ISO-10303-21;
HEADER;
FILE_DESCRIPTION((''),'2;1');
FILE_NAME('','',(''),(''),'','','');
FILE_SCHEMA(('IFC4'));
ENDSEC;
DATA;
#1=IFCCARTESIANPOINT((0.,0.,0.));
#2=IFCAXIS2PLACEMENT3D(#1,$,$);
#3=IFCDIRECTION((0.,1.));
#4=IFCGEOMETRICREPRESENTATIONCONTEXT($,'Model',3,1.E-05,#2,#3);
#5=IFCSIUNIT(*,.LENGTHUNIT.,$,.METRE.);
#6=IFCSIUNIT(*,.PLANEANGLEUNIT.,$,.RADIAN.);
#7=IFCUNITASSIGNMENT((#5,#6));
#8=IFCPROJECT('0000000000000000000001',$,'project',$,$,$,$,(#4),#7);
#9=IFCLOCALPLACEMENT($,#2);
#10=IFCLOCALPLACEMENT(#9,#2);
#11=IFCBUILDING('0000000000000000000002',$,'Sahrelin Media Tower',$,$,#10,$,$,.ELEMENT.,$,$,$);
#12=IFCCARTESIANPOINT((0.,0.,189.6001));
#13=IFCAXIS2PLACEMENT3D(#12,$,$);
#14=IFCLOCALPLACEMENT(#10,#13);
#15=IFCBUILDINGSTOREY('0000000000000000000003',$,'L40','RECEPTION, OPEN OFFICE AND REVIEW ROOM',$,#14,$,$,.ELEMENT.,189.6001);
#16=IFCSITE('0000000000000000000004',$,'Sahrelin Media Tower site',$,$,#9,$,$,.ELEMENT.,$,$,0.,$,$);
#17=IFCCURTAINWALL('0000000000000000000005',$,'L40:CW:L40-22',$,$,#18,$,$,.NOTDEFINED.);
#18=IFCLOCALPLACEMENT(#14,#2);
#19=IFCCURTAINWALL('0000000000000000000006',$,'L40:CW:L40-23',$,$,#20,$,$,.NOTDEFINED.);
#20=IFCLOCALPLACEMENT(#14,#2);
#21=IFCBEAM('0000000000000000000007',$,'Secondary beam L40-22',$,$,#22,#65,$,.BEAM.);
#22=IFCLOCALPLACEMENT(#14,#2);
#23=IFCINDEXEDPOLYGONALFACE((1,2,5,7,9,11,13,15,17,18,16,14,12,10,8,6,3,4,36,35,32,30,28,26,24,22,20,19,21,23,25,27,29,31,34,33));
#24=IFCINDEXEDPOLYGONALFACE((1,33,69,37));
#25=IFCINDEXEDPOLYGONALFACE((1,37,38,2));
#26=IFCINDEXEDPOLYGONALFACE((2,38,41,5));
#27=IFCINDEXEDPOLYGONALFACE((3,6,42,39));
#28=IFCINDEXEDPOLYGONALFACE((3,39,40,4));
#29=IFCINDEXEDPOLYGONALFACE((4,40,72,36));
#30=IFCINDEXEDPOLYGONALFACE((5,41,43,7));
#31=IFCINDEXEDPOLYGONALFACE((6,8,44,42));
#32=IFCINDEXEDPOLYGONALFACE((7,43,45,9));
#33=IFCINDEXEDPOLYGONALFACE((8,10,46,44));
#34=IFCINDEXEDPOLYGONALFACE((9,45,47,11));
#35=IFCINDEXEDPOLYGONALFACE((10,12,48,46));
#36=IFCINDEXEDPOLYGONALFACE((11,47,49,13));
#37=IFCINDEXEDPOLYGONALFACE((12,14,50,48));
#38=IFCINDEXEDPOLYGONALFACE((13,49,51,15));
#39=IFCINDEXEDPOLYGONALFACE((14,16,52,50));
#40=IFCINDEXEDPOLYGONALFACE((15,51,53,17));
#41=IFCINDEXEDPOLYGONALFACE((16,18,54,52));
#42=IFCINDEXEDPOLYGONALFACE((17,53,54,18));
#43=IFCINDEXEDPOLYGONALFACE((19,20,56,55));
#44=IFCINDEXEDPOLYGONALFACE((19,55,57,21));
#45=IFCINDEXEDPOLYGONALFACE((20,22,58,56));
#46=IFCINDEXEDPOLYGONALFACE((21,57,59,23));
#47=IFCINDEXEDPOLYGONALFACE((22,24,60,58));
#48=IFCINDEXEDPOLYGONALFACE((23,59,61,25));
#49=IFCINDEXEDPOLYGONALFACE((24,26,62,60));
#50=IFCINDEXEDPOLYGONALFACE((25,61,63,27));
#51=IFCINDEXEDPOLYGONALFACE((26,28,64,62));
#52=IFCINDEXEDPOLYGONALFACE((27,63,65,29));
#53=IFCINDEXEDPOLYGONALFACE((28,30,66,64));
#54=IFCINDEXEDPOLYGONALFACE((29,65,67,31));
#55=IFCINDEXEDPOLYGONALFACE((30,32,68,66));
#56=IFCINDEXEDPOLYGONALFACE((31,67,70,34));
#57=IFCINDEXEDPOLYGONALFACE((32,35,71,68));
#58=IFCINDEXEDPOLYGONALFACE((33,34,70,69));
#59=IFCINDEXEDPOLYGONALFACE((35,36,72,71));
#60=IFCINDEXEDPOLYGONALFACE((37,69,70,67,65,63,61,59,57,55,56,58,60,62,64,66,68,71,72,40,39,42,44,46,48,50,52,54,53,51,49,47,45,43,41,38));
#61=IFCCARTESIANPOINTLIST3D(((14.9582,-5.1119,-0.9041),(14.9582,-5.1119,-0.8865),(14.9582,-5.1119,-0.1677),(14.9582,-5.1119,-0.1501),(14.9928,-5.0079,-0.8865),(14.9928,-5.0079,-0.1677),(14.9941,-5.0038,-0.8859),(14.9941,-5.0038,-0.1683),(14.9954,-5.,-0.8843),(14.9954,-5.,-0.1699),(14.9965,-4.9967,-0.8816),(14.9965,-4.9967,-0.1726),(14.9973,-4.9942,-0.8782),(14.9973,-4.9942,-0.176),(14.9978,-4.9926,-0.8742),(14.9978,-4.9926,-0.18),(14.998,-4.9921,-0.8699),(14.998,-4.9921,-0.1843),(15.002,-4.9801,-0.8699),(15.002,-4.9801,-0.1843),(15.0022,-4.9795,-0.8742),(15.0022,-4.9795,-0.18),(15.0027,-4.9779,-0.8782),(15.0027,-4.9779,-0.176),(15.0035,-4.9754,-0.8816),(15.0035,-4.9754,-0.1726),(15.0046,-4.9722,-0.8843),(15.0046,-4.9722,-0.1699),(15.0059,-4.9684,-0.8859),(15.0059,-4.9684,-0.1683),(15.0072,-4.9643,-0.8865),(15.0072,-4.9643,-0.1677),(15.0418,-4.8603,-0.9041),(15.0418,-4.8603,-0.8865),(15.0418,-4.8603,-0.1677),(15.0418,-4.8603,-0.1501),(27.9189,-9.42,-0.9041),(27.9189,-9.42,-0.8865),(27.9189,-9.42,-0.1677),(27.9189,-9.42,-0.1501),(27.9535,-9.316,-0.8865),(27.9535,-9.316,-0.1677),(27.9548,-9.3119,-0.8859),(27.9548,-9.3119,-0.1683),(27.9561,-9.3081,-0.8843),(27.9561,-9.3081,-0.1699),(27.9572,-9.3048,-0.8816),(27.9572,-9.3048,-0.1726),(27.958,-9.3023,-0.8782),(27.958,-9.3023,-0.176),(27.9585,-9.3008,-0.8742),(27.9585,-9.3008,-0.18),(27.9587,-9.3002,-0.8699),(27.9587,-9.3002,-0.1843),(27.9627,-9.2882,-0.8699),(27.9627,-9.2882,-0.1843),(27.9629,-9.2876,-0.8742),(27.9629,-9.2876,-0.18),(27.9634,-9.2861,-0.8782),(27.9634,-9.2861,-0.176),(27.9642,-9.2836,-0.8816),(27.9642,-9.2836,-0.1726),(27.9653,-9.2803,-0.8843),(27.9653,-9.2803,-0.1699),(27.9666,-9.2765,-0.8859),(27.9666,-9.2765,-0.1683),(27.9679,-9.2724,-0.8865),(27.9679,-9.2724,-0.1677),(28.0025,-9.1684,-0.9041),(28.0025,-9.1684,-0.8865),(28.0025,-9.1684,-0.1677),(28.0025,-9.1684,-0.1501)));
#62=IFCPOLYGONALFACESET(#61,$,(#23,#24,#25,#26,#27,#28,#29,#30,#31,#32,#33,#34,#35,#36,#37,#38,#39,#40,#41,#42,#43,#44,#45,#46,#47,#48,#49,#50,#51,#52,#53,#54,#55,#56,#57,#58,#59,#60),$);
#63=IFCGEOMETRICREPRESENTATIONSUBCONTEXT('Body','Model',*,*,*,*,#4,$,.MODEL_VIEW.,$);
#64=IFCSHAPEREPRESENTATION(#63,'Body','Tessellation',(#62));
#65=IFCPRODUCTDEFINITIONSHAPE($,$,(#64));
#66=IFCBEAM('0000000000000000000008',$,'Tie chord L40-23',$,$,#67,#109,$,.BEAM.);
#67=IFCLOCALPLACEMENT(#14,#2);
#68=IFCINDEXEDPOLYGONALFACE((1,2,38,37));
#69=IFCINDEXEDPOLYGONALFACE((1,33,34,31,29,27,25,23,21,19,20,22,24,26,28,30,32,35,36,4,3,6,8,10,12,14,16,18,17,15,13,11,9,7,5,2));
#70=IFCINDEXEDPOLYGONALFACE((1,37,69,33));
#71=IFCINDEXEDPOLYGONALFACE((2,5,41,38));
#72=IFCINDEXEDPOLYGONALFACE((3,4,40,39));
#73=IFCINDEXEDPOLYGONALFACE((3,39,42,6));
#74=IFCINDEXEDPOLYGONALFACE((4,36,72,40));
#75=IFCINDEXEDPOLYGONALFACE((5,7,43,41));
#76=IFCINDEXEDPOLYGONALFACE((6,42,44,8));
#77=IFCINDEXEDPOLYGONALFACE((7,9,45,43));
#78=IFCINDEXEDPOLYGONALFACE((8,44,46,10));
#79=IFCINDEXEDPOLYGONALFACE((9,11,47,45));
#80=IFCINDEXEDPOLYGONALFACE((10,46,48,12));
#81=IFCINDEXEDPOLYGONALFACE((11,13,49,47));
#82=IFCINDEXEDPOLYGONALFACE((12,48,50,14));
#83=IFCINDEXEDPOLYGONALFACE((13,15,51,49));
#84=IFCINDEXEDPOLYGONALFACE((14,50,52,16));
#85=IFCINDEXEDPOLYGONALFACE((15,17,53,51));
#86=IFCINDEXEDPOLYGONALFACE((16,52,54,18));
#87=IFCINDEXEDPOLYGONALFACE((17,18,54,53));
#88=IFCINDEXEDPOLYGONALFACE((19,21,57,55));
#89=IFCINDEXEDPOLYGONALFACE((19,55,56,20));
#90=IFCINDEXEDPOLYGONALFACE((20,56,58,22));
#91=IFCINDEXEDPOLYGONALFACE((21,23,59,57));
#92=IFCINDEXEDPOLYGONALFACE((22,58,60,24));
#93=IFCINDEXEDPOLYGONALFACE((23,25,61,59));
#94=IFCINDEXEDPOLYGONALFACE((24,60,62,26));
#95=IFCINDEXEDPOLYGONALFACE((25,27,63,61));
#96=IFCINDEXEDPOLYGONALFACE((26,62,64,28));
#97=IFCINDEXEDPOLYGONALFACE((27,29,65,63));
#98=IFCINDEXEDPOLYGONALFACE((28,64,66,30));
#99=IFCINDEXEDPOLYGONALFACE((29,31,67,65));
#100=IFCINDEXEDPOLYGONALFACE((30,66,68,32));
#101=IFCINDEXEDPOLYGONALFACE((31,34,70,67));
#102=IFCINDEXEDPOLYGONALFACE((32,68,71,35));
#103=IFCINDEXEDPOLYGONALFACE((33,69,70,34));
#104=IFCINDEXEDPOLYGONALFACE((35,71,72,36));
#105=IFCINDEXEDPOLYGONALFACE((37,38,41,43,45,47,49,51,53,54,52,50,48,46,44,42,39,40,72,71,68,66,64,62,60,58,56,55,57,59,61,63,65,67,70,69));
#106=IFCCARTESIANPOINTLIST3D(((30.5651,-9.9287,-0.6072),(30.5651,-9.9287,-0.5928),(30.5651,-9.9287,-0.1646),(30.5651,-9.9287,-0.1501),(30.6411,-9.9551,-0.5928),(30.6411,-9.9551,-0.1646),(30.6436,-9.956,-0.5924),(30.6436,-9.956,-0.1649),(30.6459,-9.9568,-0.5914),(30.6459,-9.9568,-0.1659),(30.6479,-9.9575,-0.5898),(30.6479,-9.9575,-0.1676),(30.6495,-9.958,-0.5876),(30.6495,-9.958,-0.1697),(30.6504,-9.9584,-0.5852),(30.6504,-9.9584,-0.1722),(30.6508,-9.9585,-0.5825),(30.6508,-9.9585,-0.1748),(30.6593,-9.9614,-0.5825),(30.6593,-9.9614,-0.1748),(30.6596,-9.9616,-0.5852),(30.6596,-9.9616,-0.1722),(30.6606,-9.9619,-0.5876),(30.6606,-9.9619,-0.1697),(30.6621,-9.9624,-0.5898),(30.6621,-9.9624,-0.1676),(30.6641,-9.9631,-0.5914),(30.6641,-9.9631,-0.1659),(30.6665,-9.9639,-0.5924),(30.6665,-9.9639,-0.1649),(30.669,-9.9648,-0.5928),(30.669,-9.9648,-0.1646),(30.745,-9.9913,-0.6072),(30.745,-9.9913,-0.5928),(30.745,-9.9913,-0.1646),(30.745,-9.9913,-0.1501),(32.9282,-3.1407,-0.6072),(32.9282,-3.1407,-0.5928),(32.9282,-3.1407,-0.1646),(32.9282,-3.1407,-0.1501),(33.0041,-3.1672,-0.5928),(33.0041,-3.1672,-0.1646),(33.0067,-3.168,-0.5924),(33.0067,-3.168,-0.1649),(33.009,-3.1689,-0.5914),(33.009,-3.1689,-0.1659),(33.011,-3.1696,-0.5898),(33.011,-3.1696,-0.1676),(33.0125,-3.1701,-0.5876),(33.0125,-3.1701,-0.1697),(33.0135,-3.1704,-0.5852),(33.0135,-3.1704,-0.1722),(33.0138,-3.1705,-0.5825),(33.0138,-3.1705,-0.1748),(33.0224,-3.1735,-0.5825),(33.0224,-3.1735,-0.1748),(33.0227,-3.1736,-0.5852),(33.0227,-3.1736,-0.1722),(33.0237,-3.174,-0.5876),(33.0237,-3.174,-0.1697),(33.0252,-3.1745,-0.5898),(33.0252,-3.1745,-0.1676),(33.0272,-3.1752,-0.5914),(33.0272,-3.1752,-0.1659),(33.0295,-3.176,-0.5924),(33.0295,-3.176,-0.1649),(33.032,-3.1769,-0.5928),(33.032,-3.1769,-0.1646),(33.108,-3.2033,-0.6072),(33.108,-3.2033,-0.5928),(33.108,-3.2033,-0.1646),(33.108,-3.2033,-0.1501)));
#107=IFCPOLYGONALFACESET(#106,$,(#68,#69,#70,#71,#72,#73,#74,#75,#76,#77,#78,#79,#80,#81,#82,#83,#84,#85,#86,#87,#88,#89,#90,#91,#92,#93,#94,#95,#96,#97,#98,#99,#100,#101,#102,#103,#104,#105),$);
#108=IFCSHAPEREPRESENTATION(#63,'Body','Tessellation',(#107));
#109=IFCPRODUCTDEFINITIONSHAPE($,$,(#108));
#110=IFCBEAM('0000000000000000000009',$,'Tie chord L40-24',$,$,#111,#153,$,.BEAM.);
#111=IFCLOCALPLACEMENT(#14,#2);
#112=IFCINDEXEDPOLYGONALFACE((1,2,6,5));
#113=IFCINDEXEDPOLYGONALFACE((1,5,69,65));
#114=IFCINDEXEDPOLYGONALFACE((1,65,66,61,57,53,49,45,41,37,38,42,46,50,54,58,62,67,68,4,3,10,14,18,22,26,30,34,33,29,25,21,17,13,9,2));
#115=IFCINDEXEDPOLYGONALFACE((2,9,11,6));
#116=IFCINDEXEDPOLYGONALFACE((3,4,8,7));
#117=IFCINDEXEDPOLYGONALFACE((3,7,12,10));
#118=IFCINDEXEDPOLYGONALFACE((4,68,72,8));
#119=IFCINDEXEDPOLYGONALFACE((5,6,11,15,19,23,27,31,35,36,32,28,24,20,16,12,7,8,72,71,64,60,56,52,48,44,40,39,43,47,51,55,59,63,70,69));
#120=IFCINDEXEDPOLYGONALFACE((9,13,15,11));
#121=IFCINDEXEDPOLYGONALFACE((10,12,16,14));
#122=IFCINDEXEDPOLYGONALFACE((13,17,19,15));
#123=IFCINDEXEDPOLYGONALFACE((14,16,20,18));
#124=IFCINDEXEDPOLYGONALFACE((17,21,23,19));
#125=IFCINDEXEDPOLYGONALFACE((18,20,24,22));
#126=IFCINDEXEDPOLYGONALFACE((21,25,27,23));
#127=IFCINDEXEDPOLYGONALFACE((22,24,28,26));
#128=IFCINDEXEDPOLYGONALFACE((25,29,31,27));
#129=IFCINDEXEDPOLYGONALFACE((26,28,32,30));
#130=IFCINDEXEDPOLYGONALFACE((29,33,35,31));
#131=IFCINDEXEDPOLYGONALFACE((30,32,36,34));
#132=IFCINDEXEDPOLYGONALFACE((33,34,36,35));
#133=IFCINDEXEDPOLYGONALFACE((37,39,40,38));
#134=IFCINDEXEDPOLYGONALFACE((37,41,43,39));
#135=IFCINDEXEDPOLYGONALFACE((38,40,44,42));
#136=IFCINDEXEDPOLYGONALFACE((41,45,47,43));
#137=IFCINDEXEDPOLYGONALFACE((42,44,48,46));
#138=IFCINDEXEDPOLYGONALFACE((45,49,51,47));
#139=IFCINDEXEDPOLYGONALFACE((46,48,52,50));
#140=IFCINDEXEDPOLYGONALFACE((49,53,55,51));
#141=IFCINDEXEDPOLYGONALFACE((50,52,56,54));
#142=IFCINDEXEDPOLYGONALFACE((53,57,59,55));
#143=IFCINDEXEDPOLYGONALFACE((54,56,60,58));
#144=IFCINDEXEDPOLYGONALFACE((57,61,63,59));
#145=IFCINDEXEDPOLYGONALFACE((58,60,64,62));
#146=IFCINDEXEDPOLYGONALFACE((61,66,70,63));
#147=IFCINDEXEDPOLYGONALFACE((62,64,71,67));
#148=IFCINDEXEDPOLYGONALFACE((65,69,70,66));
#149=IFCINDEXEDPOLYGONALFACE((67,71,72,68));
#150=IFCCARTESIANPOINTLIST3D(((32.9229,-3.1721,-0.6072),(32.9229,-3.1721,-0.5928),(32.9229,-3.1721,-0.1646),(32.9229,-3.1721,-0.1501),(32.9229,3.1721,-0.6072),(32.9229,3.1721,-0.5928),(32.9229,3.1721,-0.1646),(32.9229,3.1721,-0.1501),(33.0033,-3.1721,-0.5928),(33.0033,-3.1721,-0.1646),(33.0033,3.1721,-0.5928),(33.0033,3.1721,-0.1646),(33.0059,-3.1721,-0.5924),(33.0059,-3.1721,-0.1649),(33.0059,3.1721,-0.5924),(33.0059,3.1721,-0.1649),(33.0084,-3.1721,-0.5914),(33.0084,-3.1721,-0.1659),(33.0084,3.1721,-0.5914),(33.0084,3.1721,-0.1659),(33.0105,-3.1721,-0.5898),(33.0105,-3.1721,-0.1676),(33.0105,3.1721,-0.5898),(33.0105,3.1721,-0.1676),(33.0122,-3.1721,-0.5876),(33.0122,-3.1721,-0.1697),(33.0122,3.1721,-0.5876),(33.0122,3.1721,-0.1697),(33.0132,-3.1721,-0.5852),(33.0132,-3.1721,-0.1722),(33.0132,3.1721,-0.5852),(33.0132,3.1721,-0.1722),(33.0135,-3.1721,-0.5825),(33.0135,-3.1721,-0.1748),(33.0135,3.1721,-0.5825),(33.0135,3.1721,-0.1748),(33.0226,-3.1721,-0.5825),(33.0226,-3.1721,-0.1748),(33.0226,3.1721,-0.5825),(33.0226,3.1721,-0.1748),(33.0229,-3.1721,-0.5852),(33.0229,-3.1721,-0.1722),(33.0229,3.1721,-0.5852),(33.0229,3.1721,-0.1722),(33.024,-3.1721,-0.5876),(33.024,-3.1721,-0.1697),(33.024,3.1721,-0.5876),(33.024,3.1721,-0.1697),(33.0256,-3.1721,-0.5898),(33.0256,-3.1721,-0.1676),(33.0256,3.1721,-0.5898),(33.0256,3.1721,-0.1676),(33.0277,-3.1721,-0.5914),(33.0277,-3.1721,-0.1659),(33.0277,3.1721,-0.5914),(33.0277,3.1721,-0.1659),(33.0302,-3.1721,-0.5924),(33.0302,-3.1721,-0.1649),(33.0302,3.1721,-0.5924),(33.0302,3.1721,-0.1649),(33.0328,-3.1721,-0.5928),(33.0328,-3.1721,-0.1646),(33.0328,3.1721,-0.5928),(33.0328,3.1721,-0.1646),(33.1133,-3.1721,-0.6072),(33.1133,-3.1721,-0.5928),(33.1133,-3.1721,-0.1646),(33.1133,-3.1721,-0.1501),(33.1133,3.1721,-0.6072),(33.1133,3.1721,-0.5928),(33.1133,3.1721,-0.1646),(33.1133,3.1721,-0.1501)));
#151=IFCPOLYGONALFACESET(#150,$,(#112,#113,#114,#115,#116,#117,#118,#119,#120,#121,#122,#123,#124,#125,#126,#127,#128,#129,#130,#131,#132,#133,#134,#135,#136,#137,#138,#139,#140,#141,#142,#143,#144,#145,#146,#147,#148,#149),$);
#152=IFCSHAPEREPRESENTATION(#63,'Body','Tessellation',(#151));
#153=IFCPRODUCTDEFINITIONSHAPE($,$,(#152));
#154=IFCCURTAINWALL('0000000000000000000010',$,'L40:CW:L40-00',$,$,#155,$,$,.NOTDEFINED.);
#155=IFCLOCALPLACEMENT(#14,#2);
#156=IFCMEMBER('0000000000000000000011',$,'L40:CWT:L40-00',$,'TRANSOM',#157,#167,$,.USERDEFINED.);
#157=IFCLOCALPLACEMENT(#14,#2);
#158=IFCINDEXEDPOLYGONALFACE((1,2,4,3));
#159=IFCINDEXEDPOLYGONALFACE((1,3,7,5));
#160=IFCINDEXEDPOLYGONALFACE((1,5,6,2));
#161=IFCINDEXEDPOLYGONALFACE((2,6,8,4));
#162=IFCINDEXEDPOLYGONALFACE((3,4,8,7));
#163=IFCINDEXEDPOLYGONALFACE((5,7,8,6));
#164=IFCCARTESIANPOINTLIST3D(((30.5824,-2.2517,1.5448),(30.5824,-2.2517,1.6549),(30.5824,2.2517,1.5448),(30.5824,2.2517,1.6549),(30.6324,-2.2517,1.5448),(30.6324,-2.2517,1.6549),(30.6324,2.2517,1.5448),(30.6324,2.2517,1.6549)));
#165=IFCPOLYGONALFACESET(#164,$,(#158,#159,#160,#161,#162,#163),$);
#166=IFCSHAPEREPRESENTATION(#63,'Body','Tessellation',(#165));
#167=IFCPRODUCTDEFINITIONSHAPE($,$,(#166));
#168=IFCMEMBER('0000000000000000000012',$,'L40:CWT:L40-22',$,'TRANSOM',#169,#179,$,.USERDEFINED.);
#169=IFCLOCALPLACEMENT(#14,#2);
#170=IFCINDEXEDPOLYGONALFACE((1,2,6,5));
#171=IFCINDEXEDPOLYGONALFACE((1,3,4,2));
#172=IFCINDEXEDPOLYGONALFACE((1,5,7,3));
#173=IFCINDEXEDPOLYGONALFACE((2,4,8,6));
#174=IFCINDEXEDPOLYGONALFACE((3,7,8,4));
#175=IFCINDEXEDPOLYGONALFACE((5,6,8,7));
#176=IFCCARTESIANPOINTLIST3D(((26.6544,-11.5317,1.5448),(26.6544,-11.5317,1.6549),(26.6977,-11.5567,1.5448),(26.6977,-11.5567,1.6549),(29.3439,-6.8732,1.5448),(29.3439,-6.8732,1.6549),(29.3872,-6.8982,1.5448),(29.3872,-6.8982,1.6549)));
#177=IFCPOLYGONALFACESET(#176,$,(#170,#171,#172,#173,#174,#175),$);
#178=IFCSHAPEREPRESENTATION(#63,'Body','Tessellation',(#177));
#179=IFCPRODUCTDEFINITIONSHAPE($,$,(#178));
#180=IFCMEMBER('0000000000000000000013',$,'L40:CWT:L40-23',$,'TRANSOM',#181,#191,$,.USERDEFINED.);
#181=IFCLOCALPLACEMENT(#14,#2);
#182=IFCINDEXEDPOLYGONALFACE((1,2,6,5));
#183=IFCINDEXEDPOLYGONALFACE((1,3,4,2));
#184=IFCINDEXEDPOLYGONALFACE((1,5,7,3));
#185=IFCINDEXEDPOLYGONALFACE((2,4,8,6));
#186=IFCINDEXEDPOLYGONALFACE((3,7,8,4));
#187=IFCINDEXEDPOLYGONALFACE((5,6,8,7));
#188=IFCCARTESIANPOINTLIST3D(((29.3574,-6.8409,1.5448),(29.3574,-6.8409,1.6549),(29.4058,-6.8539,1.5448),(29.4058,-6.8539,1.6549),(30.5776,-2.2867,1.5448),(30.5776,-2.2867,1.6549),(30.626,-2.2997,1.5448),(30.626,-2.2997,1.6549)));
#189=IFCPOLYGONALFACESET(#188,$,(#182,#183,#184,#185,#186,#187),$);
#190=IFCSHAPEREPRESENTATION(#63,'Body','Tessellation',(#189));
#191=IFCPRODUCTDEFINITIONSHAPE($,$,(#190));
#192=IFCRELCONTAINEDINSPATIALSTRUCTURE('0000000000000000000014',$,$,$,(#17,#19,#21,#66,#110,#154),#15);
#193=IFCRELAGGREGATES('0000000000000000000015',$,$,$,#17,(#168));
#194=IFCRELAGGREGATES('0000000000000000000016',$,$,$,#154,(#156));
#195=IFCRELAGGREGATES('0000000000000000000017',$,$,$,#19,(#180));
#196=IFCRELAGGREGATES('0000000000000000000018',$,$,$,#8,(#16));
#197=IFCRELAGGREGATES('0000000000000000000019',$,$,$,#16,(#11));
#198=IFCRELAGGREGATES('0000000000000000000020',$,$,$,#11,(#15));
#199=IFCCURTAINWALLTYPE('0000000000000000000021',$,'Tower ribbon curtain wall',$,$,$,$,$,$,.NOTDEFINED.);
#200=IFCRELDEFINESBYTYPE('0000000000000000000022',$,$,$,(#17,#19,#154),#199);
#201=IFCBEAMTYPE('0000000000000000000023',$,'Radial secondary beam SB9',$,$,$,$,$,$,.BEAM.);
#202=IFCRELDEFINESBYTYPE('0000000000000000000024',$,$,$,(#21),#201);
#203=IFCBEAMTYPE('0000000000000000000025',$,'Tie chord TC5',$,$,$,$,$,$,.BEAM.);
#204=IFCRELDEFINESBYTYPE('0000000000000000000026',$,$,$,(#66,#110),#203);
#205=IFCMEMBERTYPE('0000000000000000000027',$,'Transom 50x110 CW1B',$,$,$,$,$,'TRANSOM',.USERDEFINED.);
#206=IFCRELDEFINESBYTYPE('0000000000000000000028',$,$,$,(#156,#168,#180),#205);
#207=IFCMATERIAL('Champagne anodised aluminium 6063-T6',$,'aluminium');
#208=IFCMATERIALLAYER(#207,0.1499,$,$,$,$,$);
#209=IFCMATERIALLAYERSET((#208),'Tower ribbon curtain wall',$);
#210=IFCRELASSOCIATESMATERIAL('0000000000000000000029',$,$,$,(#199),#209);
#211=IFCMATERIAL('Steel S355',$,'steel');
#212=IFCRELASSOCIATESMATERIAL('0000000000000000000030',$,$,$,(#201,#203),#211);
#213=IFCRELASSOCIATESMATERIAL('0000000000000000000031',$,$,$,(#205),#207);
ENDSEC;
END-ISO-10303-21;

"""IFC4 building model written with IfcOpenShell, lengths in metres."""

from ifc_helpers import new_model, si_unit, direction, frame, origin, origin_2d, place, context, subcontext, project, spatial, rectangle, i_section, extrude, material, layer, layer_set, material_profile, profile_set, type_object, element, aggregate, save


model = new_model("IFC4")

# Units and contexts
model_context = context("Model", 3, precision=1e-05, world=origin(), true_north=direction((0.0, 1.0)))
body_context = subcontext(model_context, "Body", "Model", "MODEL_VIEW")
ifc_project = project(units=[si_unit("LENGTHUNIT", "METRE"), si_unit("PLANEANGLEUNIT", "RADIAN")], contexts=[model_context])

# Site, building, storey
site_placement = place(None, origin())
site = spatial("IfcSite", under=ifc_project, at=site_placement, Name="Sahrelin Media Tower site", CompositionType="ELEMENT", RefElevation=0.0)
building_placement = place(site_placement, origin())
building = spatial("IfcBuilding", under=site, at=building_placement, Name="Sahrelin Media Tower", CompositionType="ELEMENT")
storey_placement = place(building_placement, frame((0.0, 0.0, 189.6001)))
storey = spatial("IfcBuildingStorey", under=building, at=storey_placement, Name="L40", Description="RECEPTION, OPEN OFFICE AND REVIEW ROOM", CompositionType="ELEMENT", Elevation=189.6001)

# Shared definitions
ifc_material_1 = material(Name="Steel S355", Category="steel")

# Curtain walls
ifc_material_2 = material(Name="Champagne anodised aluminium 6063-T6", Category="aluminium")
ifc_layer_1 = layer(ifc_material_2, 0.1499)
ifc_layer_set_1 = layer_set([ifc_layer_1], Name="Tower ribbon curtain wall")
curtain_wall_type = type_object("IfcCurtainWallType", Name="Tower ribbon curtain wall", PredefinedType="NOTDEFINED", material=ifc_layer_set_1)
curtain_wall_1_placement = place(storey_placement, frame((28.2114, -9.325, 0.0), z_axis=(0.0, 0.0, 1.0), x_axis=(1.0, 0.0, 0.0)))
curtain_wall_1 = element("IfcCurtainWall", 1, at=curtain_wall_1_placement, inside=storey, type_object=curtain_wall_type, Name="L40:CW:L40-22", PredefinedType="NOTDEFINED")
curtain_wall_2_placement = place(storey_placement, frame((30.2041, -4.6272, 0.0), z_axis=(0.0, 0.0, 1.0), x_axis=(1.0, 0.0, 0.0)))
curtain_wall_2 = element("IfcCurtainWall", 2, at=curtain_wall_2_placement, inside=storey, type_object=curtain_wall_type, Name="L40:CW:L40-23", PredefinedType="NOTDEFINED")

# Beams
ifc_material_profile_1 = material_profile(ifc_material_1, i_section(OverallWidth=0.2651, OverallDepth=0.7539, WebThickness=0.0127, FlangeThickness=0.0176, FilletRadius=0.0166, at=origin_2d()), Name="UB 762x267x147")
ifc_profile_set_1 = profile_set([ifc_material_profile_1], Name="Steel S355")
beam_type_1 = type_object("IfcBeamType", Name="Radial secondary beam SB9", PredefinedType="BEAM", material=ifc_profile_set_1)
beam_1_placement = place(storey_placement, frame((15.0, -4.9861, -0.5271), z_axis=(0.948949, -0.315429, 0.0), x_axis=(0.315429, 0.948949, 0.0)))
element("IfcBeam", 3, at=beam_1_placement, inside=storey, type_object=beam_type_1, Name="Secondary beam L40-22", PredefinedType="BEAM", context=body_context, shape_type="SweptSolid", body=[
    extrude(i_section(OverallWidth=0.2651, OverallDepth=0.7539, WebThickness=0.0127, FlangeThickness=0.0176, FilletRadius=0.0166, at=origin_2d()), origin(), (0.0, 0.0, 1.0), 13.658),
])
ifc_material_profile_2 = material_profile(ifc_material_1, i_section(OverallWidth=0.1904, OverallDepth=0.457, WebThickness=0.009, FlangeThickness=0.0144, FilletRadius=0.0103, at=origin_2d()), Name="UB 457x191x74")
ifc_profile_set_2 = profile_set([ifc_material_profile_2], Name="Steel S355")
beam_type_2 = type_object("IfcBeamType", Name="Tie chord TC5", PredefinedType="BEAM", material=ifc_profile_set_2)
beam_2_placement = place(storey_placement, frame((30.655, -9.96, -0.3787), z_axis=(0.328775, 0.944408, 0.0), x_axis=(-0.944408, 0.328775, 0.0)))
element("IfcBeam", 4, at=beam_2_placement, inside=storey, type_object=beam_type_2, Name="Tie chord L40-23", PredefinedType="BEAM", context=body_context, shape_type="SweptSolid", body=[
    extrude(i_section(OverallWidth=0.1904, OverallDepth=0.457, WebThickness=0.009, FlangeThickness=0.0144, FilletRadius=0.0103, at=origin_2d()), origin(), (0.0, 0.0, 1.0), 7.1875),
])
beam_3_placement = place(storey_placement, frame((33.0181, -3.1721, -0.3787), z_axis=(0.0, 1.0, 0.0), x_axis=(-1.0, 0.0, 0.0)))
element("IfcBeam", 5, at=beam_3_placement, inside=storey, type_object=beam_type_2, Name="Tie chord L40-24", PredefinedType="BEAM", context=body_context, shape_type="SweptSolid", body=[
    extrude(i_section(OverallWidth=0.1904, OverallDepth=0.457, WebThickness=0.009, FlangeThickness=0.0144, FilletRadius=0.0103, at=origin_2d()), origin(), (0.0, 0.0, 1.0), 6.3442),
])

# Curtain wall, member
curtain_wall_3_placement = place(storey_placement, frame((30.8274, 0.0, 0.0), z_axis=(0.0, 0.0, 1.0), x_axis=(1.0, 0.0, 0.0)))
curtain_wall_3 = element("IfcCurtainWall", 6, at=curtain_wall_3_placement, inside=storey, type_object=curtain_wall_type, Name="L40:CW:L40-00", PredefinedType="NOTDEFINED")
ifc_material_profile_3 = material_profile(ifc_material_2, rectangle(XDim=0.05, YDim=0.1101, at=origin_2d()), Name="Transom 50x110")
ifc_profile_set_3 = profile_set([ifc_material_profile_3], Name="Champagne anodised aluminium 6063-T6")
member_type_1 = type_object("IfcMemberType", Name="Transom 50x110 CW1B", ElementType="TRANSOM", PredefinedType="USERDEFINED", material=ifc_profile_set_3)
member_1_placement = place(storey_placement, frame((30.6074, -2.2517, 1.5999), z_axis=(0.0, 1.0, 0.0), x_axis=(-1.0, 0.0, 0.0)))
member_1 = element("IfcMember", 7, at=member_1_placement, type_object=member_type_1, Name="L40:CWT:L40-00", ObjectType="TRANSOM", PredefinedType="USERDEFINED", context=body_context, shape_type="SweptSolid", body=[
    extrude(rectangle(XDim=0.05, YDim=0.1101, at=origin_2d()), origin(), (0.0, 0.0, 1.0), 4.5034),
])

# Members
member_2_placement = place(storey_placement, frame((26.676, -11.5442, 1.5999), z_axis=(0.499986, 0.866034, 0.0), x_axis=(-0.866034, 0.499986, 0.0)))
member_2 = element("IfcMember", 8, at=member_2_placement, type_object=member_type_1, Name="L40:CWT:L40-22", ObjectType="TRANSOM", PredefinedType="USERDEFINED", context=body_context, shape_type="SweptSolid", body=[
    extrude(rectangle(XDim=0.05, YDim=0.1101, at=origin_2d()), origin(), (0.0, 0.0, 1.0), 5.3792),
])
aggregate(curtain_wall_1, [member_2])
member_3_placement = place(storey_placement, frame((29.3816, -6.8474, 1.5999), z_axis=(0.258803, 0.96593, 0.0), x_axis=(-0.96593, 0.258803, 0.0)))
member_3 = element("IfcMember", 9, at=member_3_placement, type_object=member_type_1, Name="L40:CWT:L40-23", ObjectType="TRANSOM", PredefinedType="USERDEFINED", context=body_context, shape_type="SweptSolid", body=[
    extrude(rectangle(XDim=0.05, YDim=0.1101, at=origin_2d()), origin(), (0.0, 0.0, 1.0), 4.7148),
])

aggregate(curtain_wall_3, [member_1])
aggregate(curtain_wall_2, [member_3])

save(model, "model.ifc")
